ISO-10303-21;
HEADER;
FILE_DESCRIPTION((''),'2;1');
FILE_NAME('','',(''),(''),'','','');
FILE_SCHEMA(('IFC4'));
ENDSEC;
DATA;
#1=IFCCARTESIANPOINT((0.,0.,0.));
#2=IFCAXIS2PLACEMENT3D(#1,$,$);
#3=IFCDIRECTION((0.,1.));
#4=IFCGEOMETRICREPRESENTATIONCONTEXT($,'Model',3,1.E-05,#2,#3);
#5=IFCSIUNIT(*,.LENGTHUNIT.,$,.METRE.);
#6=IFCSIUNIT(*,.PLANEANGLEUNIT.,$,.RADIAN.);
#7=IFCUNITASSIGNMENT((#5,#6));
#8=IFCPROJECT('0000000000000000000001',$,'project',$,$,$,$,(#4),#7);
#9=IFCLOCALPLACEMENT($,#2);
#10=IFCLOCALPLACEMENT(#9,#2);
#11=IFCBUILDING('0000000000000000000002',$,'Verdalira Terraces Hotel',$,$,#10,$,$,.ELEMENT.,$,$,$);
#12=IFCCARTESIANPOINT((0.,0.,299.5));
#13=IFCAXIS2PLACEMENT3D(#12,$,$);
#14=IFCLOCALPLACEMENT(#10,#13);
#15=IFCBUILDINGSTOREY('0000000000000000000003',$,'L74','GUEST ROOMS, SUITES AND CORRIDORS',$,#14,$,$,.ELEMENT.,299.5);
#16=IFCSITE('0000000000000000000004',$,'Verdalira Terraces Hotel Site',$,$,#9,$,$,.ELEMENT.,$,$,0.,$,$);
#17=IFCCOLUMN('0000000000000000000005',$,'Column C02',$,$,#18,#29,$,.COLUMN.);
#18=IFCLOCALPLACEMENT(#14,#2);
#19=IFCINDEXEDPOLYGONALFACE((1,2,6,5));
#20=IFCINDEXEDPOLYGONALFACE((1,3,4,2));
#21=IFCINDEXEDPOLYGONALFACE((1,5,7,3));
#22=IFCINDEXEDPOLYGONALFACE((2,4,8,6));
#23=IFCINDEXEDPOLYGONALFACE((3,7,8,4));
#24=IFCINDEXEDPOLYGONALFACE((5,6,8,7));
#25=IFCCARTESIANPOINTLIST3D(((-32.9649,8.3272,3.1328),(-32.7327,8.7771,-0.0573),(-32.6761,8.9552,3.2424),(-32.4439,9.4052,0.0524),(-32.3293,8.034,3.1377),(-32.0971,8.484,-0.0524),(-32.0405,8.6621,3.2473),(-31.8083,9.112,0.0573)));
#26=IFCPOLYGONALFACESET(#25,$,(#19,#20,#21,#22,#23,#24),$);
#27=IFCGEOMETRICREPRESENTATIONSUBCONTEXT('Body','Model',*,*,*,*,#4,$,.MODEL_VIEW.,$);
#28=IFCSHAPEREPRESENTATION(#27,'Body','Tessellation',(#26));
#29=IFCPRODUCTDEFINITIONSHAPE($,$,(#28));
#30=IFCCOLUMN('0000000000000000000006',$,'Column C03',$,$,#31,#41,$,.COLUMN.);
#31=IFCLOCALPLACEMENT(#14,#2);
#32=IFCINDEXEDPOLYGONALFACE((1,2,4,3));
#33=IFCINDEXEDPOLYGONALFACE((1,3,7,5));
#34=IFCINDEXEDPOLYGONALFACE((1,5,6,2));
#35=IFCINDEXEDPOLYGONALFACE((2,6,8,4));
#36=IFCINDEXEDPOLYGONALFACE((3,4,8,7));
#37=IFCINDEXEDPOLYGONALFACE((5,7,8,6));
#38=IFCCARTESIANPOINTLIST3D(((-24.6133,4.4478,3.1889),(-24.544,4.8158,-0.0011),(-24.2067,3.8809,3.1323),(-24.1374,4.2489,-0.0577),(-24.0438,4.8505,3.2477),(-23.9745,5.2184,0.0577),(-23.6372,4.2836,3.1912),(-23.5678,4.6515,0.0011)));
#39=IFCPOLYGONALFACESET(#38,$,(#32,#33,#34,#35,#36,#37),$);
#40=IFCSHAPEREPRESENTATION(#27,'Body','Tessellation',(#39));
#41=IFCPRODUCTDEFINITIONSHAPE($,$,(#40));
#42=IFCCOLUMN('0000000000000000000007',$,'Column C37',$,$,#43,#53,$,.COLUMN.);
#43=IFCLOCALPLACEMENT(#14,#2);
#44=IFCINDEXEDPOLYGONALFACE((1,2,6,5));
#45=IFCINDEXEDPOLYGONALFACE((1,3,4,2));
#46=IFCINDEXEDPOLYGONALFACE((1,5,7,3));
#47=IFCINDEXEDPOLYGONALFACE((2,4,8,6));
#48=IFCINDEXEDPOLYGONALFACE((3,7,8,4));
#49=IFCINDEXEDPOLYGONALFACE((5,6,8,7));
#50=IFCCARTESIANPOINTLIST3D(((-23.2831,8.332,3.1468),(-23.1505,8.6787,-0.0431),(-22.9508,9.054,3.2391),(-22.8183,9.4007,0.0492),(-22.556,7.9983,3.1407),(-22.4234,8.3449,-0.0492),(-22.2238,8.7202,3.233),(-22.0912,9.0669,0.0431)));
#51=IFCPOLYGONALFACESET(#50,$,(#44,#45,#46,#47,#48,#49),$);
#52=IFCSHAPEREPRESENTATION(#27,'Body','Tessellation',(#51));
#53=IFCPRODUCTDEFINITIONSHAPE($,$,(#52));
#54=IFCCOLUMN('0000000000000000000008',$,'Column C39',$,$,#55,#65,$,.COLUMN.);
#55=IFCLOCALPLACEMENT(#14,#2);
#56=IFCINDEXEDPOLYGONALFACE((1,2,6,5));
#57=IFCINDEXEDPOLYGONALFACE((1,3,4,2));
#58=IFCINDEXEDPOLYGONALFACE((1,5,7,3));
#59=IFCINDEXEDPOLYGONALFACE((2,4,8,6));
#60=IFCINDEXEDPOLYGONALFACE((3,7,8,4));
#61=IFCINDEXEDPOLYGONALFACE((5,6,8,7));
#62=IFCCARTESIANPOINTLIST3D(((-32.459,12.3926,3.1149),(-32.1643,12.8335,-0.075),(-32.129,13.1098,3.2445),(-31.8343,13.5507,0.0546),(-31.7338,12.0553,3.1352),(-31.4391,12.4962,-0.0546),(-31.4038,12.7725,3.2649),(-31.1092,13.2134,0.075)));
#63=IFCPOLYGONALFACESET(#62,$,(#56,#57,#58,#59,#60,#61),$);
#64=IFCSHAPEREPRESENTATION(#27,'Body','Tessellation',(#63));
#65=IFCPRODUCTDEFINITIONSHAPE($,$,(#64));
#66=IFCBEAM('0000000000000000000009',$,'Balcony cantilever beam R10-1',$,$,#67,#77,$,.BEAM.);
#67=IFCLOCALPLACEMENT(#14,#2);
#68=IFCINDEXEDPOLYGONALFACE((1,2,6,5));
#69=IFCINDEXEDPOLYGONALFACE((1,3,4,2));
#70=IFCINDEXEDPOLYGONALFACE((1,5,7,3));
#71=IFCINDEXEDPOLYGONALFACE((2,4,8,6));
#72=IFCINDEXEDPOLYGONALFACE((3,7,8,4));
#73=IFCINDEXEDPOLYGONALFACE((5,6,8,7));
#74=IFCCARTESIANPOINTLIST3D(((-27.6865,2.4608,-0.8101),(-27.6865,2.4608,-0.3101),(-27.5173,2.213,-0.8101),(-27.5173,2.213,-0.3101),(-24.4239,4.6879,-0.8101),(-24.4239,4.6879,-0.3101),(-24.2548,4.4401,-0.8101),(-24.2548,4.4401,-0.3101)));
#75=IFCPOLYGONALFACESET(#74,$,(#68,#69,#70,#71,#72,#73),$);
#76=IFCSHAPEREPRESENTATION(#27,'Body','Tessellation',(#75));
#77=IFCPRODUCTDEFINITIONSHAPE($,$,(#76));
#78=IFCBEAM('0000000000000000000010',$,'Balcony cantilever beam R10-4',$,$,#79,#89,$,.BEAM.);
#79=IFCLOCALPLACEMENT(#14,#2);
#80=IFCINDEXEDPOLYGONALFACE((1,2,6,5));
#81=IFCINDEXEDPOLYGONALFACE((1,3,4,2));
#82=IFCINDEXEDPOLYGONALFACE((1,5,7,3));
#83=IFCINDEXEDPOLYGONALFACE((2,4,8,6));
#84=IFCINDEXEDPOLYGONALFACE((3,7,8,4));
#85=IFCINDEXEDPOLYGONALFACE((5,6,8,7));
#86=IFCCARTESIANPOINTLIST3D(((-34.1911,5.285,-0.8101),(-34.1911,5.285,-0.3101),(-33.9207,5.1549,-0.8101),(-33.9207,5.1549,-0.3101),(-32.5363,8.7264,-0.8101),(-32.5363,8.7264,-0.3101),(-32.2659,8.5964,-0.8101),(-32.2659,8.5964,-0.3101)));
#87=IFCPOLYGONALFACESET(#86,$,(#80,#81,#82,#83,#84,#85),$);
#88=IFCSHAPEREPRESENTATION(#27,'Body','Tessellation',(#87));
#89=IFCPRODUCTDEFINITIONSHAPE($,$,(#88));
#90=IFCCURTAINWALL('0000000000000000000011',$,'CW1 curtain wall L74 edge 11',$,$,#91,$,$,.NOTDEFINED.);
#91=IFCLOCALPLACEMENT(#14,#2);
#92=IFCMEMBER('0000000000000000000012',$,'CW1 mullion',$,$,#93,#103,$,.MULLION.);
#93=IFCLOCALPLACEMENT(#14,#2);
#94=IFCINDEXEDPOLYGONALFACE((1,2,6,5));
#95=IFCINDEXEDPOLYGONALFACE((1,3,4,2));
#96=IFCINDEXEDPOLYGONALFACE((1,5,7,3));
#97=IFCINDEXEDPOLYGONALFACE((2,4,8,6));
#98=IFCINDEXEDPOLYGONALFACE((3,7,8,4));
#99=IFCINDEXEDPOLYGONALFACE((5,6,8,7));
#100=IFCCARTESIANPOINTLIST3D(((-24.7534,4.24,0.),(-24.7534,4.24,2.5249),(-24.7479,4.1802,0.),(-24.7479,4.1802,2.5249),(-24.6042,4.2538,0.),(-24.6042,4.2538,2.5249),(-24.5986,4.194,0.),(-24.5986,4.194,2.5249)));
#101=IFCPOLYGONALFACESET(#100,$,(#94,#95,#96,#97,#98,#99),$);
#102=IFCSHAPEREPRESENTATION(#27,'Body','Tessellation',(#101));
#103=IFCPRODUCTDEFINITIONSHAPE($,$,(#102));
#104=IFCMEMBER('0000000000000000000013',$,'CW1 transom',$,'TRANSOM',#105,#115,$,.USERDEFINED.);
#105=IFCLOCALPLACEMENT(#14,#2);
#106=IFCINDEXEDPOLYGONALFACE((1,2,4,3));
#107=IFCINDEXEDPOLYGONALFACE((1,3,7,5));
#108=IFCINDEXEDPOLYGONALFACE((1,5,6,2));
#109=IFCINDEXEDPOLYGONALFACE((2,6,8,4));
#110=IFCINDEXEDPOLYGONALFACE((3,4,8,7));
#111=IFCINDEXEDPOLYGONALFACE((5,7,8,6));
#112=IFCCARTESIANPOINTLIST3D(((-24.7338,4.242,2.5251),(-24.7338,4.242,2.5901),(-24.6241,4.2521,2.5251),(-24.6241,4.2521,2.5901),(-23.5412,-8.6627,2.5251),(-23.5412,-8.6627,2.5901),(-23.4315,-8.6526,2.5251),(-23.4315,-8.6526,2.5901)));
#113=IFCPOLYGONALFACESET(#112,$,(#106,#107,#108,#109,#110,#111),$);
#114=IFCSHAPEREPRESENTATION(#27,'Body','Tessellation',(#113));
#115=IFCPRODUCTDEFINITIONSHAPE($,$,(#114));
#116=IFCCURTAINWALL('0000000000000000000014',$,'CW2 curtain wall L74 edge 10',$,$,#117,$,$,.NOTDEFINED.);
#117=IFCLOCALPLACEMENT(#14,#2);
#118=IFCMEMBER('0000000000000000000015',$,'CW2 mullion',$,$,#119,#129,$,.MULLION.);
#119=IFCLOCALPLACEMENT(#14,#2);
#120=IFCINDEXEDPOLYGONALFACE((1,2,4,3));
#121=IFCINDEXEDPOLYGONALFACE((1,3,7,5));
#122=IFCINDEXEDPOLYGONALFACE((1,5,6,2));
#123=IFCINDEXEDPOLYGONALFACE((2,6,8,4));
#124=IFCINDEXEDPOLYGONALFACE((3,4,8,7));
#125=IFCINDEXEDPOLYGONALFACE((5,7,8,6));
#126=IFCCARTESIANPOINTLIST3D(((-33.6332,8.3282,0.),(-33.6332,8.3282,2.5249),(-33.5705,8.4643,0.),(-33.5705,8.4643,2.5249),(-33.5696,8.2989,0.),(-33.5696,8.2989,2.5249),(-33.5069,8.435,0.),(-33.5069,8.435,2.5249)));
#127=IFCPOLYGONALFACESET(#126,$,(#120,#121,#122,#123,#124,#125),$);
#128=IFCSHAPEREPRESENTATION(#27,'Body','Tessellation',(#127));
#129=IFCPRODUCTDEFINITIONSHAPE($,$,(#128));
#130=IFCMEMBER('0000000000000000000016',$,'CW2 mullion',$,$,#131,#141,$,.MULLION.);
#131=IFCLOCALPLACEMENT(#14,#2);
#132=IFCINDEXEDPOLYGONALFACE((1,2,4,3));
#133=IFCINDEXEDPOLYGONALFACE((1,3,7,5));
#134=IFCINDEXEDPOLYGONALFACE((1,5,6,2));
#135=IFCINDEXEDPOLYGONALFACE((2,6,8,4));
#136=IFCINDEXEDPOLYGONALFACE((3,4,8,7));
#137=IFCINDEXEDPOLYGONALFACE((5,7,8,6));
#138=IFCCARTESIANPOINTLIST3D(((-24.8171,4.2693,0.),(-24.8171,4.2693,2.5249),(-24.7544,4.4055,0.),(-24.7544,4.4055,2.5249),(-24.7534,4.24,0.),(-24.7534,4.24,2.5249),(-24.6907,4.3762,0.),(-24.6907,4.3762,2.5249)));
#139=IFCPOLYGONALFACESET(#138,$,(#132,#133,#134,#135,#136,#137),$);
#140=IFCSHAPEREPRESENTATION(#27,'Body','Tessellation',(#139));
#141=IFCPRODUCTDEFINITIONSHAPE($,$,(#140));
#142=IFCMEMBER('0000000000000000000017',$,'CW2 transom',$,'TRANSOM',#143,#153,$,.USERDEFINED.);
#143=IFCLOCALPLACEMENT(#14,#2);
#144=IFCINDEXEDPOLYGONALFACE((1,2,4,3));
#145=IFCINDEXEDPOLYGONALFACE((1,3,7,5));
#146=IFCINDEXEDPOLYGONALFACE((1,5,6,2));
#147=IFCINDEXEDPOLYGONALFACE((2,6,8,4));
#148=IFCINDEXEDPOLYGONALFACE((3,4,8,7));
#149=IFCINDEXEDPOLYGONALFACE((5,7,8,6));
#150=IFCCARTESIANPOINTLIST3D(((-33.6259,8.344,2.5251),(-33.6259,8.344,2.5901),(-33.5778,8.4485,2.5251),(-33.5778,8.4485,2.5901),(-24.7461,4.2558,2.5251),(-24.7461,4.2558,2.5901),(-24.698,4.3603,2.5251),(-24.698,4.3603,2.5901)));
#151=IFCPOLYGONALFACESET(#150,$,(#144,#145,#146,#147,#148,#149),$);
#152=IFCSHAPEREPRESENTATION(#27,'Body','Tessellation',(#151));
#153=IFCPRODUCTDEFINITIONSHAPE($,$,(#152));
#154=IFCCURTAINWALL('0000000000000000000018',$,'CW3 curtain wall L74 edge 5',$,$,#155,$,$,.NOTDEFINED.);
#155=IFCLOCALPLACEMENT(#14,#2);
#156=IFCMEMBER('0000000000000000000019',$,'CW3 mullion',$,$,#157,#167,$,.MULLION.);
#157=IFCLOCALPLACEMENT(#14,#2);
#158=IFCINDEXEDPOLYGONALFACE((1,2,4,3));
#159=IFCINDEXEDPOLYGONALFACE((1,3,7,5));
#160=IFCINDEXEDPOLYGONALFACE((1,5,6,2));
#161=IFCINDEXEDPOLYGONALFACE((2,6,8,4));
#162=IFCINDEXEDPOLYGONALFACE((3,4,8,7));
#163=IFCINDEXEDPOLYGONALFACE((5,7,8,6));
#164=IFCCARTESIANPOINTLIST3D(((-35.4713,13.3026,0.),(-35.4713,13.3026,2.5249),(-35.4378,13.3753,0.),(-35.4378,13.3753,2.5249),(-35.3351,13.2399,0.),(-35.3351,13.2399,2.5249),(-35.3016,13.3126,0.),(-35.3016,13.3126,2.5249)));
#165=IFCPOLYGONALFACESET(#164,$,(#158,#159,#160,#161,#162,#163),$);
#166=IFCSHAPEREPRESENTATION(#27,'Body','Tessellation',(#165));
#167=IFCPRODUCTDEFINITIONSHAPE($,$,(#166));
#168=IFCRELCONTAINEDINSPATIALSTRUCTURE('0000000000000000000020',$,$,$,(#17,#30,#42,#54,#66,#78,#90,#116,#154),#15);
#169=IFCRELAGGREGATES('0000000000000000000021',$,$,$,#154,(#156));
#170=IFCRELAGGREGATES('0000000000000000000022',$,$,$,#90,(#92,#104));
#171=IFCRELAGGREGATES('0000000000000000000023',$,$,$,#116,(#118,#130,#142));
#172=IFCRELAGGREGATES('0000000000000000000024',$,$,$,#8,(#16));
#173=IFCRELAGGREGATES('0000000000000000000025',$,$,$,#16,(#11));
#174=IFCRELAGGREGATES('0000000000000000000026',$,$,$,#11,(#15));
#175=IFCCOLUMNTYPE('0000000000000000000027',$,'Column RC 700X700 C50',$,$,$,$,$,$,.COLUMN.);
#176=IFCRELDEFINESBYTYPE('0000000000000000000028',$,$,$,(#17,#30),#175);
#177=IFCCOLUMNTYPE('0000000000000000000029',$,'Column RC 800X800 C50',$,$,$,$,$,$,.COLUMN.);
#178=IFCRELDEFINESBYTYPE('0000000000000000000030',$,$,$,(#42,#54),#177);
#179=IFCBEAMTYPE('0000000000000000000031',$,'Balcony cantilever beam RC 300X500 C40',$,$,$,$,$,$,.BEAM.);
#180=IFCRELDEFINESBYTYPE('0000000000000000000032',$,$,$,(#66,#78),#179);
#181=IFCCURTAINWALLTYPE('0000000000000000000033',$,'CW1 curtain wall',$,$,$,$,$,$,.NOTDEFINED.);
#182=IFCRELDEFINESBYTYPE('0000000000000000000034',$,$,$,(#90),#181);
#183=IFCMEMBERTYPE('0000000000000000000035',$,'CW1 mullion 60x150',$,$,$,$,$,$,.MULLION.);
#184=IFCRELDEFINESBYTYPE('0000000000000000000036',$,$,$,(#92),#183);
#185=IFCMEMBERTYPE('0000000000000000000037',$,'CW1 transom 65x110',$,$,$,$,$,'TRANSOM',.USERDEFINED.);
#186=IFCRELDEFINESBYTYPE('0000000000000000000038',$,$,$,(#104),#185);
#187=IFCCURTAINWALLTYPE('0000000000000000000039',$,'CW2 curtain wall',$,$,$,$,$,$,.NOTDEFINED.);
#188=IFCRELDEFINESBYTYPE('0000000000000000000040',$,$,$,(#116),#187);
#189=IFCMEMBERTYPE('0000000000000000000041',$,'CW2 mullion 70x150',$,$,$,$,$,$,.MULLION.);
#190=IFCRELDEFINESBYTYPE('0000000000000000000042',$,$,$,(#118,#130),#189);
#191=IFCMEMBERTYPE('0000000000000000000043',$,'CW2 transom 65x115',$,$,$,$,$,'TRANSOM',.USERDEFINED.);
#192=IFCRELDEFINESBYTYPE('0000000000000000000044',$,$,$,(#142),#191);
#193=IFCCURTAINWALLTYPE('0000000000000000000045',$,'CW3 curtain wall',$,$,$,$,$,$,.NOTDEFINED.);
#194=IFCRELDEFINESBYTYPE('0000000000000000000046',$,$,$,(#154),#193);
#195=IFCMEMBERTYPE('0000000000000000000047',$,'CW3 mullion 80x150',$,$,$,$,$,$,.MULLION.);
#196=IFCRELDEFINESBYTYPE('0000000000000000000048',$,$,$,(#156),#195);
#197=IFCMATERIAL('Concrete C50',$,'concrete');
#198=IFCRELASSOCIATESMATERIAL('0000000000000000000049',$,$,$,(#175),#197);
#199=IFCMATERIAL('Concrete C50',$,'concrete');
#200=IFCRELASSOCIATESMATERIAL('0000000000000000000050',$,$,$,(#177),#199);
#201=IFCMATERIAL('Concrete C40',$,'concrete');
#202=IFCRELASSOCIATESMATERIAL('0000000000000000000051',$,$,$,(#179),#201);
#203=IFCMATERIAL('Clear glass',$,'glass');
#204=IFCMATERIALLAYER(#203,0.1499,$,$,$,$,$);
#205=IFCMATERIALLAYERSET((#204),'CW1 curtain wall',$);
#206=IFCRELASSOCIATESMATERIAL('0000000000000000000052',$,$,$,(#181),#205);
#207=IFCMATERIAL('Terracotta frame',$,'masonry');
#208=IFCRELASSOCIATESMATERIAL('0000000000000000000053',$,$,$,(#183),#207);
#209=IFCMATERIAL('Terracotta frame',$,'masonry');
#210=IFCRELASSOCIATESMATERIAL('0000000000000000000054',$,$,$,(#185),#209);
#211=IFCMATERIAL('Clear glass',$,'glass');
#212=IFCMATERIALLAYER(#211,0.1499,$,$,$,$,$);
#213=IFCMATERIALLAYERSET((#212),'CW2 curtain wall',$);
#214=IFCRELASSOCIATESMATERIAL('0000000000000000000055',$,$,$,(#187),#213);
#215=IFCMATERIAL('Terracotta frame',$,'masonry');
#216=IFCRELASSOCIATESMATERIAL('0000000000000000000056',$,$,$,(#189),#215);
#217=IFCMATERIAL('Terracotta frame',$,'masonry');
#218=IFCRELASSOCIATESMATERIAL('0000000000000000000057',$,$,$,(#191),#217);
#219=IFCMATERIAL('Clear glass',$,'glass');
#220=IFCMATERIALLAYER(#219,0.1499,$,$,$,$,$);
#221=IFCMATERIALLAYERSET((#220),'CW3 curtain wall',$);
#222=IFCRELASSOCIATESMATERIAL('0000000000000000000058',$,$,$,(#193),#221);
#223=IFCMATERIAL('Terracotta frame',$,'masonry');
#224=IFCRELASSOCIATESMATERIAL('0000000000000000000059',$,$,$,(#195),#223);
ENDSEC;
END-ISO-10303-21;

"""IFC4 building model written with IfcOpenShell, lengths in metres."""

from ifc_helpers import new_model, si_unit, direction, frame, origin, origin_2d, place, context, subcontext, project, spatial, rectangle, extrude, material, layer, layer_set, material_profile, profile_set, type_object, element, aggregate, save


model = new_model("IFC4")

# Units and contexts
model_context = context("Model", 3, precision=1e-05, world=origin(), true_north=direction((0.0, 1.0)))
body_context = subcontext(model_context, "Body", "Model", "MODEL_VIEW")
ifc_project = project(units=[si_unit("LENGTHUNIT", "METRE"), si_unit("PLANEANGLEUNIT", "RADIAN")], contexts=[model_context])

# Site, building, storey
site_placement = place(None, origin())
site = spatial("IfcSite", under=ifc_project, at=site_placement, Name="Verdalira Terraces Hotel Site", CompositionType="ELEMENT", RefElevation=0.0)
building_placement = place(site_placement, origin())
building = spatial("IfcBuilding", under=site, at=building_placement, Name="Verdalira Terraces Hotel", CompositionType="ELEMENT")
storey_placement = place(building_placement, frame((0.0, 0.0, 299.5)))
storey = spatial("IfcBuildingStorey", under=building, at=storey_placement, Name="L74", Description="GUEST ROOMS, SUITES AND CORRIDORS", CompositionType="ELEMENT", Elevation=299.5)

# Columns
ifc_material_1 = material(Name="Concrete C50", Category="concrete")
ifc_material_profile_1 = material_profile(ifc_material_1, rectangle(XDim=0.7, YDim=0.7, at=origin_2d()), Name="RC 700X700")
ifc_profile_set_1 = profile_set([ifc_material_profile_1], Name="Concrete C50")
column_type_1 = type_object("IfcColumnType", Name="Column RC 700X700 C50", PredefinedType="COLUMN", material=ifc_profile_set_1)
column_1_placement = place(storey_placement, frame((-32.2705, 8.9446, 0.0), z_axis=(-0.071884, -0.139309, 0.987636), x_axis=(0.90804, -0.418824, 0.007015)))
element("IfcColumn", 1, at=column_1_placement, inside=storey, type_object=column_type_1, Name="Column C02", PredefinedType="COLUMN", context=body_context, shape_type="SweptSolid", body=[
    extrude(rectangle(XDim=0.7, YDim=0.7, at=origin_2d()), origin(), (0.0, 0.0, 1.0), 3.23),
])
column_2_placement = place(storey_placement, frame((-24.0559, 4.7336, 0.0), z_axis=(-0.021588, -0.114551, 0.993183), x_axis=(-0.580946, 0.809923, 0.080787)))
element("IfcColumn", 2, at=column_2_placement, inside=storey, type_object=column_type_1, Name="Column C03", PredefinedType="COLUMN", context=body_context, shape_type="SweptSolid", body=[
    extrude(rectangle(XDim=0.7, YDim=0.7, at=origin_2d()), origin(), (0.0, 0.0, 1.0), 3.2119),
])
ifc_material_2 = material(Name="Concrete C50", Category="concrete")
ifc_material_profile_2 = material_profile(ifc_material_2, rectangle(XDim=0.8, YDim=0.8, at=origin_2d()), Name="RC 800X800")
ifc_profile_set_2 = profile_set([ifc_material_profile_2], Name="Concrete C50")
column_type_2 = type_object("IfcColumnType", Name="Column RC 800X800 C50", PredefinedType="COLUMN", material=ifc_profile_set_2)
column_3_placement = place(storey_placement, frame((-22.6209, 8.8728, 0.0), z_axis=(-0.04128, -0.107951, 0.993299), x_axis=(-0.90878, 0.417207, 0.007574)))
element("IfcColumn", 3, at=column_3_placement, inside=storey, type_object=column_type_2, Name="Column C37", PredefinedType="COLUMN", context=body_context, shape_type="SweptSolid", body=[
    extrude(rectangle(XDim=0.8, YDim=0.8, at=origin_2d()), origin(), (0.0, 0.0, 1.0), 3.2114),
])
column_4_placement = place(storey_placement, frame((-31.6367, 13.0234, 0.0), z_axis=(-0.091126, -0.13635, 0.986461), x_axis=(-0.906428, 0.421593, -0.02546)))
element("IfcColumn", 4, at=column_4_placement, inside=storey, type_object=column_type_2, Name="Column C39", PredefinedType="COLUMN", context=body_context, shape_type="SweptSolid", body=[
    extrude(rectangle(XDim=0.8, YDim=0.8, at=origin_2d()), origin(), (0.0, 0.0, 1.0), 3.2336),
])

# Beams
ifc_material_3 = material(Name="Concrete C40", Category="concrete")
ifc_material_profile_3 = material_profile(ifc_material_3, rectangle(XDim=0.3, YDim=0.5, at=origin_2d()), Name="RC 300X500")
ifc_profile_set_3 = profile_set([ifc_material_profile_3], Name="Concrete C40")
beam_type_1 = type_object("IfcBeamType", Name="Balcony cantilever beam RC 300X500 C40", PredefinedType="BEAM", material=ifc_profile_set_3)
beam_1_placement = place(storey_placement, frame((-24.3394, 4.564, -0.5601), z_axis=(-0.825915, -0.563795, 0.0), x_axis=(0.563795, -0.825915, 0.0)))
element("IfcBeam", 5, at=beam_1_placement, inside=storey, type_object=beam_type_1, Name="Balcony cantilever beam R10-1", PredefinedType="BEAM", context=body_context, shape_type="SweptSolid", body=[
    extrude(rectangle(XDim=0.3, YDim=0.5, at=origin_2d()), origin(), (0.0, 0.0, 1.0), 3.9502),
])
beam_2_placement = place(storey_placement, frame((-32.4011, 8.6614, -0.5601), z_axis=(-0.43335, -0.901226, 0.0), x_axis=(0.901226, -0.43335, 0.0)))
element("IfcBeam", 6, at=beam_2_placement, inside=storey, type_object=beam_type_1, Name="Balcony cantilever beam R10-4", PredefinedType="BEAM", context=body_context, shape_type="SweptSolid", body=[
    extrude(rectangle(XDim=0.3, YDim=0.5, at=origin_2d()), origin(), (0.0, 0.0, 1.0), 3.8186),
])

# Curtain walls, members
ifc_material_4 = material(Name="Clear glass", Category="glass")
ifc_layer_1 = layer(ifc_material_4, 0.1499)
ifc_layer_set_1 = layer_set([ifc_layer_1], Name="CW1 curtain wall")
curtain_wall_type_1 = type_object("IfcCurtainWallType", Name="CW1 curtain wall", PredefinedType="NOTDEFINED", material=ifc_layer_set_1)
curtain_wall_1_placement = place(storey_placement, origin())
curtain_wall_1 = element("IfcCurtainWall", 7, at=curtain_wall_1_placement, inside=storey, type_object=curtain_wall_type_1, Name="CW1 curtain wall L74 edge 11", PredefinedType="NOTDEFINED")
ifc_material_5 = material(Name="Terracotta frame", Category="masonry")
ifc_material_profile_4 = material_profile(ifc_material_5, rectangle(XDim=0.0601, YDim=0.1499, at=origin_2d()), Name="MU 60x150")
ifc_profile_set_4 = profile_set([ifc_material_profile_4], Name="Terracotta frame")
member_type_1 = type_object("IfcMemberType", Name="CW1 mullion 60x150", PredefinedType="MULLION", material=ifc_profile_set_4)
member_1_placement = place(storey_placement, frame((-24.676, 4.217, 0.0), z_axis=(0.0, 0.0, 1.0), x_axis=(0.092023, -0.995757, 0.0)))
member_1 = element("IfcMember", 8, at=member_1_placement, type_object=member_type_1, Name="CW1 mullion", PredefinedType="MULLION", context=body_context, shape_type="SweptSolid", body=[
    extrude(rectangle(XDim=0.0601, YDim=0.1499, at=origin_2d()), origin(), (0.0, 0.0, 1.0), 2.5249),
])
ifc_material_6 = material(Name="Terracotta frame", Category="masonry")
ifc_material_profile_5 = material_profile(ifc_material_6, rectangle(XDim=0.1101, YDim=0.0649, at=origin_2d()), Name="TR 65x110")
ifc_profile_set_5 = profile_set([ifc_material_profile_5], Name="Terracotta frame")
member_type_2 = type_object("IfcMemberType", Name="CW1 transom 65x110", ElementType="TRANSOM", PredefinedType="USERDEFINED", material=ifc_profile_set_5)
member_2_placement = place(storey_placement, frame((-24.679, 4.2471, 2.5576), z_axis=(0.092025, -0.995757, 0.0), x_axis=(0.995757, 0.092025, 0.0)))
member_2 = element("IfcMember", 9, at=member_2_placement, type_object=member_type_2, Name="CW1 transom", ObjectType="TRANSOM", PredefinedType="USERDEFINED", context=body_context, shape_type="SweptSolid", body=[
    extrude(rectangle(XDim=0.1101, YDim=0.0649, at=origin_2d()), origin(), (0.0, 0.0, 1.0), 12.9597),
])
ifc_material_7 = material(Name="Clear glass", Category="glass")
ifc_layer_2 = layer(ifc_material_7, 0.1499)
ifc_layer_set_2 = layer_set([ifc_layer_2], Name="CW2 curtain wall")
curtain_wall_type_2 = type_object("IfcCurtainWallType", Name="CW2 curtain wall", PredefinedType="NOTDEFINED", material=ifc_layer_set_2)
curtain_wall_2_placement = place(storey_placement, origin())
curtain_wall_2 = element("IfcCurtainWall", 10, at=curtain_wall_2_placement, inside=storey, type_object=curtain_wall_type_2, Name="CW2 curtain wall L74 edge 10", PredefinedType="NOTDEFINED")
ifc_material_8 = material(Name="Terracotta frame", Category="masonry")
ifc_material_profile_6 = material_profile(ifc_material_8, rectangle(XDim=0.0701, YDim=0.1499, at=origin_2d()), Name="MU 70x150")
ifc_profile_set_6 = profile_set([ifc_material_profile_6], Name="Terracotta frame")
member_type_3 = type_object("IfcMemberType", Name="CW2 mullion 70x150", PredefinedType="MULLION", material=ifc_profile_set_6)
member_3_placement = place(storey_placement, frame((-33.5701, 8.3816, 0.0), z_axis=(0.0, 0.0, 1.0), x_axis=(0.908362, -0.418184, 0.0)))
member_3 = element("IfcMember", 11, at=member_3_placement, type_object=member_type_3, Name="CW2 mullion", PredefinedType="MULLION", context=body_context, shape_type="SweptSolid", body=[
    extrude(rectangle(XDim=0.0701, YDim=0.1499, at=origin_2d()), origin(), (0.0, 0.0, 1.0), 2.5249),
])
member_4_placement = place(storey_placement, frame((-24.7539, 4.3228, 0.0), z_axis=(0.0, 0.0, 1.0), x_axis=(0.908362, -0.418184, 0.0)))
member_4 = element("IfcMember", 12, at=member_4_placement, type_object=member_type_3, Name="CW2 mullion", PredefinedType="MULLION", context=body_context, shape_type="SweptSolid", body=[
    extrude(rectangle(XDim=0.0701, YDim=0.1499, at=origin_2d()), origin(), (0.0, 0.0, 1.0), 2.5249),
])
ifc_material_9 = material(Name="Terracotta frame", Category="masonry")
ifc_material_profile_7 = material_profile(ifc_material_9, rectangle(XDim=0.115, YDim=0.0649, at=origin_2d()), Name="TR 65x115")
ifc_profile_set_7 = profile_set([ifc_material_profile_7], Name="Terracotta frame")
member_type_4 = type_object("IfcMemberType", Name="CW2 transom 65x115", ElementType="TRANSOM", PredefinedType="USERDEFINED", material=ifc_profile_set_7)
member_5_placement = place(storey_placement, frame((-33.6018, 8.3962, 2.5576), z_axis=(0.908354, -0.418201, 0.0), x_axis=(0.418201, 0.908354, 0.0)))
member_5 = element("IfcMember", 13, at=member_5_placement, type_object=member_type_4, Name="CW2 transom", ObjectType="TRANSOM", PredefinedType="USERDEFINED", context=body_context, shape_type="SweptSolid", body=[
    extrude(rectangle(XDim=0.115, YDim=0.0649, at=origin_2d()), origin(), (0.0, 0.0, 1.0), 9.7756),
])

# Curtain wall, member
ifc_material_10 = material(Name="Clear glass", Category="glass")
ifc_layer_3 = layer(ifc_material_10, 0.1499)
ifc_layer_set_3 = layer_set([ifc_layer_3], Name="CW3 curtain wall")
curtain_wall_type_3 = type_object("IfcCurtainWallType", Name="CW3 curtain wall", PredefinedType="NOTDEFINED", material=ifc_layer_set_3)
curtain_wall_3_placement = place(storey_placement, origin())
curtain_wall_3 = element("IfcCurtainWall", 14, at=curtain_wall_3_placement, inside=storey, type_object=curtain_wall_type_3, Name="CW3 curtain wall L74 edge 5", PredefinedType="NOTDEFINED")
ifc_material_11 = material(Name="Terracotta frame", Category="masonry")
ifc_material_profile_8 = material_profile(ifc_material_11, rectangle(XDim=0.0801, YDim=0.1499, at=origin_2d()), Name="MU 80x150")
ifc_profile_set_8 = profile_set([ifc_material_profile_8], Name="Terracotta frame")
member_type_5 = type_object("IfcMemberType", Name="CW3 mullion 80x150", PredefinedType="MULLION", material=ifc_profile_set_8)
member_6_placement = place(storey_placement, frame((-35.3865, 13.3076, 0.0), z_axis=(0.0, 0.0, 1.0), x_axis=(-0.418184, -0.908362, 0.0)))
member_6 = element("IfcMember", 15, at=member_6_placement, type_object=member_type_5, Name="CW3 mullion", PredefinedType="MULLION", context=body_context, shape_type="SweptSolid", body=[
    extrude(rectangle(XDim=0.0801, YDim=0.1499, at=origin_2d()), origin(), (0.0, 0.0, 1.0), 2.5249),
])
aggregate(curtain_wall_3, [member_6])

aggregate(curtain_wall_1, [member_1, member_2])
aggregate(curtain_wall_2, [member_3, member_4, member_5])

save(model, "model.ifc")
